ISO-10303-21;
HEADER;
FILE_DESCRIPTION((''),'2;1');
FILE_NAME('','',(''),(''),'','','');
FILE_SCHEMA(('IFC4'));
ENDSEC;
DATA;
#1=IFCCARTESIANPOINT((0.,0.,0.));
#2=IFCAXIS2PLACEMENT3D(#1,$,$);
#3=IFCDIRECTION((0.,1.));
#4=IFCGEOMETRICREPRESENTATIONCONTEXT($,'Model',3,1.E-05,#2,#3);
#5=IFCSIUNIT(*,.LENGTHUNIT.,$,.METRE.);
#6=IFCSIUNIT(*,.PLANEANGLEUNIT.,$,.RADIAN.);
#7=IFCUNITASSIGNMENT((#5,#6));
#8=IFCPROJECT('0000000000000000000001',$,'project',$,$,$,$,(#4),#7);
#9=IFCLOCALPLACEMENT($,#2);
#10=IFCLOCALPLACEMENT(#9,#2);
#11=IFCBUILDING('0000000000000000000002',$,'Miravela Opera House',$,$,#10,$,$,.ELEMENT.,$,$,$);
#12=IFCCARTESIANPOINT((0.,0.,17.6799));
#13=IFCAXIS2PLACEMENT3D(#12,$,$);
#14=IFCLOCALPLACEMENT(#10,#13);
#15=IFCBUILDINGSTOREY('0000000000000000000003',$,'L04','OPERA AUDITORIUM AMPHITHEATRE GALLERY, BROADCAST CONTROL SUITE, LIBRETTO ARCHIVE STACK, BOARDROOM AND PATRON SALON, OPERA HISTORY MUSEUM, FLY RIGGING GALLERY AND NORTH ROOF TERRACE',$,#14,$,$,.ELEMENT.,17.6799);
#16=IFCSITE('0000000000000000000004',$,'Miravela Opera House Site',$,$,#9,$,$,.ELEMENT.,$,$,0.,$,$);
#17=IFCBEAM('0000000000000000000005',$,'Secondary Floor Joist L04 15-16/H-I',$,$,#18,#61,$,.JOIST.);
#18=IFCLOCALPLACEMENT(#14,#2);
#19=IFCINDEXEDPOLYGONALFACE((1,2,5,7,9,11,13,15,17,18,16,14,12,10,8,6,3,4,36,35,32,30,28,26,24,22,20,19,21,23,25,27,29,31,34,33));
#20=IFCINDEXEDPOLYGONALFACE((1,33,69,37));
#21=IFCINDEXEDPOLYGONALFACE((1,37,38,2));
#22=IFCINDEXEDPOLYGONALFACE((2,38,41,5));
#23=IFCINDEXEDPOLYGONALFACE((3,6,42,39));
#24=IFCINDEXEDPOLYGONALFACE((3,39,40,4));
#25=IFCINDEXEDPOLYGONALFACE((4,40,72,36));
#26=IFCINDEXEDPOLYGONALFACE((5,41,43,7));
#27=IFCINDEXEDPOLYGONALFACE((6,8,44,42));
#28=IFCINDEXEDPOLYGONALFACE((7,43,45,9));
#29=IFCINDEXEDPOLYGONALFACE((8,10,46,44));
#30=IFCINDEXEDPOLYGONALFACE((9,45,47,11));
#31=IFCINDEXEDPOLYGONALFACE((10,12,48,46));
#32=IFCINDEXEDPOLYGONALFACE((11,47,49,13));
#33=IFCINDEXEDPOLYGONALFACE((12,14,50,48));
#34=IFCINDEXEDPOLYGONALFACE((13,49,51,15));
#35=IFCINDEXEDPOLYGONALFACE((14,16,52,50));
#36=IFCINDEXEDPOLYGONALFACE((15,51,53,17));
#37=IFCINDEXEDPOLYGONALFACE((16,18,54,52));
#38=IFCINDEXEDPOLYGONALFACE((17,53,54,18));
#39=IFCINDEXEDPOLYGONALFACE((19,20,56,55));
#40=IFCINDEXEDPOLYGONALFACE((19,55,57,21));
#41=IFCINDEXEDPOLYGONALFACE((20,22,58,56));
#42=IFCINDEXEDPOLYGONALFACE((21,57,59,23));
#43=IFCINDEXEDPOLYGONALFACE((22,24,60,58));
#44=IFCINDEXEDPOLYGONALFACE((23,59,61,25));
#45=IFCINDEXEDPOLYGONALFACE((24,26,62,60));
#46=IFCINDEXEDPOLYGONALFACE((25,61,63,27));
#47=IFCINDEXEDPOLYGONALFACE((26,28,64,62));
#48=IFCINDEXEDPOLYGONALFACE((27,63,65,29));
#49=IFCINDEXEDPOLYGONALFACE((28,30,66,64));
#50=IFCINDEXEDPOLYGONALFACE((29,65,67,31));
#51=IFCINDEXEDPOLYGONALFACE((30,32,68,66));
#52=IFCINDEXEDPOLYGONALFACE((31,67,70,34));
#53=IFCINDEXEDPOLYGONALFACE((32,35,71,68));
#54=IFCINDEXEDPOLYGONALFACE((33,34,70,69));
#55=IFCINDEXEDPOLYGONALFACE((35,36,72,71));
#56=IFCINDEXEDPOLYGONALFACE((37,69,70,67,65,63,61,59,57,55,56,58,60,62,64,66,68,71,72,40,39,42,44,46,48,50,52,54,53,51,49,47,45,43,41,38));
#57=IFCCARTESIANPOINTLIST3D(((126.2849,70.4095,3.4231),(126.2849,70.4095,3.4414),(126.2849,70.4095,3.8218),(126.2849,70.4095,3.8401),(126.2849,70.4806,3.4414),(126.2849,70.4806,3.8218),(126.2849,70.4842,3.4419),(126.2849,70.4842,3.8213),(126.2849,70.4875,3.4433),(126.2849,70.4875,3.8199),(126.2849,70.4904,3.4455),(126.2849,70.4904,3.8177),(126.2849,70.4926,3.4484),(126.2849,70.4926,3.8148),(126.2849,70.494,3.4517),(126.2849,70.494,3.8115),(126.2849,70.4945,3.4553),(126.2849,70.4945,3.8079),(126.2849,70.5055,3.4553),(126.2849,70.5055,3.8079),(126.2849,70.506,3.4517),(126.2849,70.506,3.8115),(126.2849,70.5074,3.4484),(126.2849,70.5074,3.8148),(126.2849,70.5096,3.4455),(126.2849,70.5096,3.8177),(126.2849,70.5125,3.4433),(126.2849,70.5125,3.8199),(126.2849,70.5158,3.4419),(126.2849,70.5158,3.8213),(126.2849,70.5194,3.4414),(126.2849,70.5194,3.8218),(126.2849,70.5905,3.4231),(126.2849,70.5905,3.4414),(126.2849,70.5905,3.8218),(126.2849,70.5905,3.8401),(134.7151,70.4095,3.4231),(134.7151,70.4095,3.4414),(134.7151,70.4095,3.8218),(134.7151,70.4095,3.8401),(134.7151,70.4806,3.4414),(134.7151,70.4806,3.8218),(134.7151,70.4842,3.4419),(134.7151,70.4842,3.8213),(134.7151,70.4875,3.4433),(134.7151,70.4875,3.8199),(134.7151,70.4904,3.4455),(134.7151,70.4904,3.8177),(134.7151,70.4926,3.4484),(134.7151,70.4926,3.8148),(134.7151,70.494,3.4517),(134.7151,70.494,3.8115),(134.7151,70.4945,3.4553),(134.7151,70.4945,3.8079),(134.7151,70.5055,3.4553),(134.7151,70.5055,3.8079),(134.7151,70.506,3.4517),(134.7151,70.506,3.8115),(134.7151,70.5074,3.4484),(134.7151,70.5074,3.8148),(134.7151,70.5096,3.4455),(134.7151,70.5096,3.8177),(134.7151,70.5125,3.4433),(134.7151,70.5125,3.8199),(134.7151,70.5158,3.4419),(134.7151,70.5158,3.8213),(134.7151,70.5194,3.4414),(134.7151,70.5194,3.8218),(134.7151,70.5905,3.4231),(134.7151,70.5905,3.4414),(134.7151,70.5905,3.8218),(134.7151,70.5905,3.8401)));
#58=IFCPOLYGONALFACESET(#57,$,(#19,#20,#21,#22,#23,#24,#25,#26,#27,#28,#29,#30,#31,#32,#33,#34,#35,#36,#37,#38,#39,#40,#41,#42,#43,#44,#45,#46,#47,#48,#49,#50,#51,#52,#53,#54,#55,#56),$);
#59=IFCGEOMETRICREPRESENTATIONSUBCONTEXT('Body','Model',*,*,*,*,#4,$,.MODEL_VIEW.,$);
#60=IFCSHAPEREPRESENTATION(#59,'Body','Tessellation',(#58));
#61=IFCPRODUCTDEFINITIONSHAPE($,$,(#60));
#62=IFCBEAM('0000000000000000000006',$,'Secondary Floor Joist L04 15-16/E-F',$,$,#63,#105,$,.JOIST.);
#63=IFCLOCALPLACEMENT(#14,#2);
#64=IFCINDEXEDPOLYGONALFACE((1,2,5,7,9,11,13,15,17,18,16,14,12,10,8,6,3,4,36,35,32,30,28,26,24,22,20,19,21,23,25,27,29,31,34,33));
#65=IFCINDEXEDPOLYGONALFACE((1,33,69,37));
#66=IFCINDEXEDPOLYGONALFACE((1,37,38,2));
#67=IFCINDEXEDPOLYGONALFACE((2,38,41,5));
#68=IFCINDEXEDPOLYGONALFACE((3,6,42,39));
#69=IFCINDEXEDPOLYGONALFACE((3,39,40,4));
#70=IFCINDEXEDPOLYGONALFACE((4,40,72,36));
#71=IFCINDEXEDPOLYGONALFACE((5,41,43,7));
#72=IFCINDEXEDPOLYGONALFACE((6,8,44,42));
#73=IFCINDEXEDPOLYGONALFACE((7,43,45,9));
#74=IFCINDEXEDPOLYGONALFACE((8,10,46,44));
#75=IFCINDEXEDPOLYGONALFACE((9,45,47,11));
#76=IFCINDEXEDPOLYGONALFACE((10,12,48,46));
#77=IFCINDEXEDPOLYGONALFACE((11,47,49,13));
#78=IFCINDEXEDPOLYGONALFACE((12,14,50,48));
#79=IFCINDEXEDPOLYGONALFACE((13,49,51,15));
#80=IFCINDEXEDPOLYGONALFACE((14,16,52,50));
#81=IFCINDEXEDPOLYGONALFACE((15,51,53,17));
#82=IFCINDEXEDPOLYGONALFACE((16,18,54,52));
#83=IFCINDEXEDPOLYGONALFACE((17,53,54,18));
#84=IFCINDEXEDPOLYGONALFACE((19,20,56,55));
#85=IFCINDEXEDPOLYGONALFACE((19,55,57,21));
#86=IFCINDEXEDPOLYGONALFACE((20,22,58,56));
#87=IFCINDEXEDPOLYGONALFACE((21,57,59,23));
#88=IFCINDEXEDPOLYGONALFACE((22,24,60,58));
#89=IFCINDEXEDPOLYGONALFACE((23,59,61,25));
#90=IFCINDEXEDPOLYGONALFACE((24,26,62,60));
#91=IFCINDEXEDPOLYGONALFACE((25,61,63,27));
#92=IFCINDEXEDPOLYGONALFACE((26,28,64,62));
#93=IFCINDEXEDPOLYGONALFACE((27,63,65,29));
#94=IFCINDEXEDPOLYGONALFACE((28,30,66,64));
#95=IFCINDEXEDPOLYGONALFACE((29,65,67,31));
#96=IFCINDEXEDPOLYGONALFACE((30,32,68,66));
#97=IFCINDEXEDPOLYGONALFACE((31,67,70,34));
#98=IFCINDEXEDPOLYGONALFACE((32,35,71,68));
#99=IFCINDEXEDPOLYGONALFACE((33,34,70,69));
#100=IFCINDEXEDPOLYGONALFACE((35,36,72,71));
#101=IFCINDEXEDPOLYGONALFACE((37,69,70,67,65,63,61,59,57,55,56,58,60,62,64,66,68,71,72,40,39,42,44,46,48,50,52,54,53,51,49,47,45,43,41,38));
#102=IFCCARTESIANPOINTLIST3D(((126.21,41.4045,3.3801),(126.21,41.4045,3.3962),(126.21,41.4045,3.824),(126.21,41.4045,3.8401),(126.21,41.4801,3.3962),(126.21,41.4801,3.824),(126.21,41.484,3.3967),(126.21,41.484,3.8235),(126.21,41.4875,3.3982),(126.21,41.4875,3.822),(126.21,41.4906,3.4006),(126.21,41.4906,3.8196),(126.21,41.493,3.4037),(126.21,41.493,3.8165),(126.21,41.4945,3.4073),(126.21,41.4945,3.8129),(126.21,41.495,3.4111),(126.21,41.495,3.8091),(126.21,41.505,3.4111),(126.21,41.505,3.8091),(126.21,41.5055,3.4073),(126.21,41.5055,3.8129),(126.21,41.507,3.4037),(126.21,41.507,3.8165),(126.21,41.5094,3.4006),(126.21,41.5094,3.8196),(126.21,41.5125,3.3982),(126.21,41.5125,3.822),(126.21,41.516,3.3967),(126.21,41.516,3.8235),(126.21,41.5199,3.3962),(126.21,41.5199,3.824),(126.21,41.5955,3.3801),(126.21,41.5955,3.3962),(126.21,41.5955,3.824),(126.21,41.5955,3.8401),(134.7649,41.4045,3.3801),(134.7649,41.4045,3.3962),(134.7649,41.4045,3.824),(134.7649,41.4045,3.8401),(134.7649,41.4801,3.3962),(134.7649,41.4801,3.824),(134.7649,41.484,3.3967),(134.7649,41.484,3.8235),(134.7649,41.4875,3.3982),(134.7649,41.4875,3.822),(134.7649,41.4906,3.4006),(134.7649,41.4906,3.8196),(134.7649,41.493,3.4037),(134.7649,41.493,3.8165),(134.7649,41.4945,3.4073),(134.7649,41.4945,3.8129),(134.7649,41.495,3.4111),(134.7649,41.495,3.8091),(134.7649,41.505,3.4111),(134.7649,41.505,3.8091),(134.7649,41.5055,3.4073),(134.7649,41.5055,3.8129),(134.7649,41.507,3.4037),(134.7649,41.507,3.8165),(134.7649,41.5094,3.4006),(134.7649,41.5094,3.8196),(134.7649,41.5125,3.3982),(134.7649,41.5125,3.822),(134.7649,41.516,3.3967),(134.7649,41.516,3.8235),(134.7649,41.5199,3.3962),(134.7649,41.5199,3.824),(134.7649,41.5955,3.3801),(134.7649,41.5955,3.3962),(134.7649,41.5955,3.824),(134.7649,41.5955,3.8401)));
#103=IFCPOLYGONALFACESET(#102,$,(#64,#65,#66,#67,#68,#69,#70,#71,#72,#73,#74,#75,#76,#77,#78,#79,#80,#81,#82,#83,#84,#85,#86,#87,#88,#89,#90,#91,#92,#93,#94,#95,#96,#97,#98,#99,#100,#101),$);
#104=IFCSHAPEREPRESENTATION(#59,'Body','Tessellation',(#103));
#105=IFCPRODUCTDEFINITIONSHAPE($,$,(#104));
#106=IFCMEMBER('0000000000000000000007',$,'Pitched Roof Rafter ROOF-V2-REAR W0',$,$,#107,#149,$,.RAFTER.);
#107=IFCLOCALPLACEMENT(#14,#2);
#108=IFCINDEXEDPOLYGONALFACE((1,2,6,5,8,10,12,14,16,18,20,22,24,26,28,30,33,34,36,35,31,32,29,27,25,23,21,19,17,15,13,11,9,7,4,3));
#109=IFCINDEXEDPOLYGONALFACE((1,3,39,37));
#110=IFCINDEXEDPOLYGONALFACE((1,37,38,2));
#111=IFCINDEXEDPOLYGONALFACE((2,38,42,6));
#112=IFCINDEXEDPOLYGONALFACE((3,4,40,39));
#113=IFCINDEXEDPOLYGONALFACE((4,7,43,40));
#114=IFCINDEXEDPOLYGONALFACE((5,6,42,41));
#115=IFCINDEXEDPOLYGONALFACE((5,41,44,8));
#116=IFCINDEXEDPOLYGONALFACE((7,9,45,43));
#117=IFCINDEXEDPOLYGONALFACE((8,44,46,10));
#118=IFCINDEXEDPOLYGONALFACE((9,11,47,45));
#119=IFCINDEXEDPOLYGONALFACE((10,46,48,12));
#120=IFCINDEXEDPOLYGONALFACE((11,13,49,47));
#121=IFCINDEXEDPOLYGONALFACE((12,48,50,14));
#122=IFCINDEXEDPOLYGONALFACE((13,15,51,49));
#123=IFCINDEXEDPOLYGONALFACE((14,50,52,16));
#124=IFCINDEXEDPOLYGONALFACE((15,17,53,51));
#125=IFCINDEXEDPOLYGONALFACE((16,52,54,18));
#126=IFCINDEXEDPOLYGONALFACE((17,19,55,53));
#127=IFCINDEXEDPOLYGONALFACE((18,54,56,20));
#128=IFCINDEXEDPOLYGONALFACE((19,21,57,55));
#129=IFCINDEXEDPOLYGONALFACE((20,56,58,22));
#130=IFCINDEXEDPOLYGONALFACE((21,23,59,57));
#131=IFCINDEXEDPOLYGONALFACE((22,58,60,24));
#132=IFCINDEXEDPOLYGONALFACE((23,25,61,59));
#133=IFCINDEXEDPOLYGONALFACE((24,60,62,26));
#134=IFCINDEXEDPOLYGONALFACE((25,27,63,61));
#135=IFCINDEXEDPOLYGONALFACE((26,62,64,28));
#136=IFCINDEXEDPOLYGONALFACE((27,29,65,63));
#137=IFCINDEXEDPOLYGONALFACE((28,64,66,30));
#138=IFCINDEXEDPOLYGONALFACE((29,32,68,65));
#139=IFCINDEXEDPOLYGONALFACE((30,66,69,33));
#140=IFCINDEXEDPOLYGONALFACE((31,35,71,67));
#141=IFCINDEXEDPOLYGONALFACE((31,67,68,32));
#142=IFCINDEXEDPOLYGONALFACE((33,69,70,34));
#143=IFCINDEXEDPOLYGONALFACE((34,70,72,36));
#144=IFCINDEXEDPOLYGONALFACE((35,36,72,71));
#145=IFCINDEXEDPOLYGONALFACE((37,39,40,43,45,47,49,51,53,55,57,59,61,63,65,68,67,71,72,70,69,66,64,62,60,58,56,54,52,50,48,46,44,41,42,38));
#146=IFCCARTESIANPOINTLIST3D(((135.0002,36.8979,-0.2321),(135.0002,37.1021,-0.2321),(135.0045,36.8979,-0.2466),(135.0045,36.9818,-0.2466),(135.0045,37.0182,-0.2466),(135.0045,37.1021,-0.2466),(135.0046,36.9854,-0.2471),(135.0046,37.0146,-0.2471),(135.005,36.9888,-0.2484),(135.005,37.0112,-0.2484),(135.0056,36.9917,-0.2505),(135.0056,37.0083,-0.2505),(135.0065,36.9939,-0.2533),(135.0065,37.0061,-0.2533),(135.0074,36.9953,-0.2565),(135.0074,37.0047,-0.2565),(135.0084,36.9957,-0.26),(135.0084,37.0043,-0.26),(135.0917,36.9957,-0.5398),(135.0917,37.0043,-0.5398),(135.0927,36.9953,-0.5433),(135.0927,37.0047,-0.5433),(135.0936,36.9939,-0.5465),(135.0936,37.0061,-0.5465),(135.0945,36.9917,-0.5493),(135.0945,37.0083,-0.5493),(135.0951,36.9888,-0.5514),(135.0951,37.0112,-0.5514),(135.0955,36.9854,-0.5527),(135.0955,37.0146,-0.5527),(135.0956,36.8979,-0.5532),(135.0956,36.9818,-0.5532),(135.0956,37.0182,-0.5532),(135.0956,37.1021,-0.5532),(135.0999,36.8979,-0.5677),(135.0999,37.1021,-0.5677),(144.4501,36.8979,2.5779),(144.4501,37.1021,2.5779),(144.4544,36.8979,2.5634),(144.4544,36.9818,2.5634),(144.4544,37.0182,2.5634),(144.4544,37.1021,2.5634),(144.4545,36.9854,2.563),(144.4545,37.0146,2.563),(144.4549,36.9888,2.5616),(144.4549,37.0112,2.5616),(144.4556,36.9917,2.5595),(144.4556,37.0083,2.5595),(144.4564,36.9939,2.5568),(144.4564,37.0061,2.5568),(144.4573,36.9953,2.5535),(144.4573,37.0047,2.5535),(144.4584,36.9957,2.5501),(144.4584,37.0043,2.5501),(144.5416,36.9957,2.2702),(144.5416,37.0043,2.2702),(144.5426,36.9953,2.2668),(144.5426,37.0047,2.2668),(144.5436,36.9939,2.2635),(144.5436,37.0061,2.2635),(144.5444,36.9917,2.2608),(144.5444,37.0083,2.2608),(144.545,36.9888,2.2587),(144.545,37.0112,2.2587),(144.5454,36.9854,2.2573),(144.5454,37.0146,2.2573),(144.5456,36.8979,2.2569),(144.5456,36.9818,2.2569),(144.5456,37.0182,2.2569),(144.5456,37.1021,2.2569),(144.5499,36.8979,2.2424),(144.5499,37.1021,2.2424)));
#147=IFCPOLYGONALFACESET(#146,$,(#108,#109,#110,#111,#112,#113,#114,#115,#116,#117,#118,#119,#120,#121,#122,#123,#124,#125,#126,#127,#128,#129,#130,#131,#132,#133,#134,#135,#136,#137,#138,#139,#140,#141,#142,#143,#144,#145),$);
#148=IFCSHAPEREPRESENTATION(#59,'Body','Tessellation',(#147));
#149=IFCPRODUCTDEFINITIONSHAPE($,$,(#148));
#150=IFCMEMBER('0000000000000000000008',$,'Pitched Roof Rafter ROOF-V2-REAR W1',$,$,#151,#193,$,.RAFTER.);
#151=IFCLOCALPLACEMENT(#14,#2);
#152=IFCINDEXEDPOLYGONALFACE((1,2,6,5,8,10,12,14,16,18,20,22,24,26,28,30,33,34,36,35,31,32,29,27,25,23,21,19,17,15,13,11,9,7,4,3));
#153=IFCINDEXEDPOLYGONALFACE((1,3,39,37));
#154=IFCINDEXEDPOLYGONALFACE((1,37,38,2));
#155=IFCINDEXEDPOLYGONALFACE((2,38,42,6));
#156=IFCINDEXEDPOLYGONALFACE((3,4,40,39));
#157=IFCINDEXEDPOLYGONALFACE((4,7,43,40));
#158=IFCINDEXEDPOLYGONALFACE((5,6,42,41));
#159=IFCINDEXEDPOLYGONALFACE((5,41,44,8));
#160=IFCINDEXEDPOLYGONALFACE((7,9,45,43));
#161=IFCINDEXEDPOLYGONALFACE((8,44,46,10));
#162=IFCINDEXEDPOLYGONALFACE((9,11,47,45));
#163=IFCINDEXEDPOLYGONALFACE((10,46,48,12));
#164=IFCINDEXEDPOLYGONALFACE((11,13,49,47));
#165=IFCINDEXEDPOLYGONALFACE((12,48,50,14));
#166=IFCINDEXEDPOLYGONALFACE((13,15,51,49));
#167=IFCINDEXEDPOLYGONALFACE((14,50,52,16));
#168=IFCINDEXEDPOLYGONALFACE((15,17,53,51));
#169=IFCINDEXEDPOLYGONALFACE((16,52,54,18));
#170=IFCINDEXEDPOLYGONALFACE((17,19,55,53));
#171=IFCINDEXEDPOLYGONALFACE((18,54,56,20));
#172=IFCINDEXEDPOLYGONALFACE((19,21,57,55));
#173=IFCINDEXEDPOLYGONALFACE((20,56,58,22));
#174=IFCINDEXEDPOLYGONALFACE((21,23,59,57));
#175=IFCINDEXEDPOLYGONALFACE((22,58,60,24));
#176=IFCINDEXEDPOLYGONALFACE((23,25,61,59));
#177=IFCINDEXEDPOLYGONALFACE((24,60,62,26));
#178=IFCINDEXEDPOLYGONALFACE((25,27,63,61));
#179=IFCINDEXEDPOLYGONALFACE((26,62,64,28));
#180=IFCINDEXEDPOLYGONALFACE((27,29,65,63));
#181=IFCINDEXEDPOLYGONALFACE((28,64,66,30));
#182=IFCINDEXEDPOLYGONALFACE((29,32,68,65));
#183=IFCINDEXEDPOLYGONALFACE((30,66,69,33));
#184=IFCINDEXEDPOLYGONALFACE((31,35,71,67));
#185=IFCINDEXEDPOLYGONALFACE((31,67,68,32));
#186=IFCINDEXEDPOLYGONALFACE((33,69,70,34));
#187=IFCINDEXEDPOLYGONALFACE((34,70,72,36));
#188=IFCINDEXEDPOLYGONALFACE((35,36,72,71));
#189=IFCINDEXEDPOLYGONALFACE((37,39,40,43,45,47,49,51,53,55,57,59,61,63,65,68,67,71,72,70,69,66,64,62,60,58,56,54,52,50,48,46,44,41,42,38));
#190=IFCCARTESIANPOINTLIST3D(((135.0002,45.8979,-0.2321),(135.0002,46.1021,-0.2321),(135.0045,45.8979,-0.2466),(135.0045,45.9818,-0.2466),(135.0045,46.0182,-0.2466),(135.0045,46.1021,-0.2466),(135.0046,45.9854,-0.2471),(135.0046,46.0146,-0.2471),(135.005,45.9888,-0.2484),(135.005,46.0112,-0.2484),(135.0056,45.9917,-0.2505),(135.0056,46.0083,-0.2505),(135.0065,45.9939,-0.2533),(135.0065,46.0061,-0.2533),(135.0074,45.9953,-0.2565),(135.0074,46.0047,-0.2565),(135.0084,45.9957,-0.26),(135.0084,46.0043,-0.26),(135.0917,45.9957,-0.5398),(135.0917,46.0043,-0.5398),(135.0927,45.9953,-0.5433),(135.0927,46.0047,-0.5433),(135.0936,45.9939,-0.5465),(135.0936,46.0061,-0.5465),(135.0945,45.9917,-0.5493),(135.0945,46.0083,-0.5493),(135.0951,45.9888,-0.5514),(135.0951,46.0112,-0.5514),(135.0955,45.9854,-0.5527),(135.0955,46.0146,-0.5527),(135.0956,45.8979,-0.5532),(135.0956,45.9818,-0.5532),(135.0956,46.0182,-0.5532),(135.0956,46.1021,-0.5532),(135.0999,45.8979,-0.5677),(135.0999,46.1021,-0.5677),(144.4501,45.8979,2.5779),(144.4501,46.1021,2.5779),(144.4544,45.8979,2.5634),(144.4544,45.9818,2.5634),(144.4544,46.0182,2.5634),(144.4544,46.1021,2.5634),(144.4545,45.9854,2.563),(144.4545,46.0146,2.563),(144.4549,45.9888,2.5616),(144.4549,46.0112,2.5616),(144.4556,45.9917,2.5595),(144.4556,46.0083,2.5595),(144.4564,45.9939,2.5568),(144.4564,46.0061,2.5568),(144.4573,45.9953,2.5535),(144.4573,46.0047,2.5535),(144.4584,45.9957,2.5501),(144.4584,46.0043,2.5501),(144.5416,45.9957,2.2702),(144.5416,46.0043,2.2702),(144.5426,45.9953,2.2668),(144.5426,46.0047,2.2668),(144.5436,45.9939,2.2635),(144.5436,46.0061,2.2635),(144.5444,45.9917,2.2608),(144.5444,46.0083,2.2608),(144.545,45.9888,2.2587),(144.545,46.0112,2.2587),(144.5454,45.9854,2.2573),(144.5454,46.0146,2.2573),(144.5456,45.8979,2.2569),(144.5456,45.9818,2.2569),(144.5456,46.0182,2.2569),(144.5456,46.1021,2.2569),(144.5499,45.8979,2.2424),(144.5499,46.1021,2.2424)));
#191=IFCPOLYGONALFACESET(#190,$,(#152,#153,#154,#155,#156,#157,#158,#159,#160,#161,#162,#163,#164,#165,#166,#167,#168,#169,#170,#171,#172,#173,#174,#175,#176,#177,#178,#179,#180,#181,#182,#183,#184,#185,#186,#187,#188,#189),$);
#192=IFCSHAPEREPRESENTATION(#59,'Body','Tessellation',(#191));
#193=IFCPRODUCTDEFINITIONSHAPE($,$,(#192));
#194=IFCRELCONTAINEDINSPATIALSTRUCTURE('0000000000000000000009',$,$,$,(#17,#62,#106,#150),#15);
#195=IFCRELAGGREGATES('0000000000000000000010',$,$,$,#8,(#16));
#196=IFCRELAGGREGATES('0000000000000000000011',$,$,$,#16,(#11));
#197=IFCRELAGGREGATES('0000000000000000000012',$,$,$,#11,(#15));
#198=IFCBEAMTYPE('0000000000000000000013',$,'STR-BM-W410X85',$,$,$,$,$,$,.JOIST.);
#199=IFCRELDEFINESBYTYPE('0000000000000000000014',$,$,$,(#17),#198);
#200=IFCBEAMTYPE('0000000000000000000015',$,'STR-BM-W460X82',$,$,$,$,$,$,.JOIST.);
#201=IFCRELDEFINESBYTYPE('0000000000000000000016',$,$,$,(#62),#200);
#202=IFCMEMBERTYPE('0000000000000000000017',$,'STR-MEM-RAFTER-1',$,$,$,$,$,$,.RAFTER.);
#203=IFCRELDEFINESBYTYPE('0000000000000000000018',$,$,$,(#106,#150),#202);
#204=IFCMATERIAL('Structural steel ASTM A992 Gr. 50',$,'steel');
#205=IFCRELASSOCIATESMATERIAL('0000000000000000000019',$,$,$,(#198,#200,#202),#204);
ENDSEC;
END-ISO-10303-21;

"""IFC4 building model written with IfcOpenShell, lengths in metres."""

from ifc_helpers import new_model, si_unit, direction, frame, origin, origin_2d, place, context, subcontext, project, spatial, i_section, extrude, material, material_profile, profile_set, type_object, element, save


model = new_model("IFC4")

# Units and contexts
model_context = context("Model", 3, precision=1e-05, world=origin(), true_north=direction((0.0, 1.0)))
body_context = subcontext(model_context, "Body", "Model", "MODEL_VIEW")
ifc_project = project(units=[si_unit("LENGTHUNIT", "METRE"), si_unit("PLANEANGLEUNIT", "RADIAN")], contexts=[model_context])

# Site, building, storey
site_placement = place(None, origin())
site = spatial("IfcSite", under=ifc_project, at=site_placement, Name="Miravela Opera House Site", CompositionType="ELEMENT", RefElevation=0.0)
building_placement = place(site_placement, origin())
building = spatial("IfcBuilding", under=site, at=building_placement, Name="Miravela Opera House", CompositionType="ELEMENT")
storey_placement = place(building_placement, frame((0.0, 0.0, 17.6799)))
storey = spatial("IfcBuildingStorey", under=building, at=storey_placement, Name="L04", Description="OPERA AUDITORIUM AMPHITHEATRE GALLERY, BROADCAST CONTROL SUITE, LIBRETTO ARCHIVE STACK, BOARDROOM AND PATRON SALON, OPERA HISTORY MUSEUM, FLY RIGGING GALLERY AND NORTH ROOF TERRACE", CompositionType="ELEMENT", Elevation=17.6799)

# Beams
ifc_material_1 = material(Name="Structural steel ASTM A992 Gr. 50", Category="steel")
ifc_material_profile_1 = material_profile(ifc_material_1, i_section(OverallWidth=0.1809, OverallDepth=0.417, WebThickness=0.011, FlangeThickness=0.0183, FilletRadius=0.0139, at=origin_2d()), Name="W410X85")
ifc_profile_set_1 = profile_set([ifc_material_profile_1])
beam_type_1 = type_object("IfcBeamType", Name="STR-BM-W410X85", PredefinedType="JOIST", material=ifc_profile_set_1)
beam_1_placement = place(storey_placement, frame((126.2849, 70.5, 3.6316), z_axis=(1.0, 0.0, 0.0), x_axis=(0.0, 1.0, 0.0)))
element("IfcBeam", 1, at=beam_1_placement, inside=storey, type_object=beam_type_1, Name="Secondary Floor Joist L04 15-16/H-I", PredefinedType="JOIST", context=body_context, shape_type="SweptSolid", body=[
    extrude(i_section(OverallWidth=0.1809, OverallDepth=0.417, WebThickness=0.011, FlangeThickness=0.0183, FilletRadius=0.0139, at=origin_2d()), origin(), (0.0, 0.0, 1.0), 8.4302),
])
ifc_material_profile_2 = material_profile(ifc_material_1, i_section(OverallWidth=0.1909, OverallDepth=0.46, WebThickness=0.01, FlangeThickness=0.0161, FilletRadius=0.0149, at=origin_2d()), Name="W460X82")
ifc_profile_set_2 = profile_set([ifc_material_profile_2])
beam_type_2 = type_object("IfcBeamType", Name="STR-BM-W460X82", PredefinedType="JOIST", material=ifc_profile_set_2)
beam_2_placement = place(storey_placement, frame((126.21, 41.5, 3.6101), z_axis=(1.0, 0.0, 0.0), x_axis=(0.0, 1.0, 0.0)))
element("IfcBeam", 2, at=beam_2_placement, inside=storey, type_object=beam_type_2, Name="Secondary Floor Joist L04 15-16/E-F", PredefinedType="JOIST", context=body_context, shape_type="SweptSolid", body=[
    extrude(i_section(OverallWidth=0.1909, OverallDepth=0.46, WebThickness=0.01, FlangeThickness=0.0161, FilletRadius=0.0149, at=origin_2d()), origin(), (0.0, 0.0, 1.0), 8.5549),
])

# Members
ifc_material_profile_3 = material_profile(ifc_material_1, i_section(OverallWidth=0.2041, OverallDepth=0.3501, WebThickness=0.0085, FlangeThickness=0.0151, FilletRadius=0.0139, at=origin_2d()), Name="W360X72")
ifc_profile_set_3 = profile_set([ifc_material_profile_3])
member_type = type_object("IfcMemberType", Name="STR-MEM-RAFTER-1", PredefinedType="RAFTER", material=ifc_profile_set_3)
for number, where, z_axis, x_axis, name in (
    (3, (135.05, 37.0, -0.3999), (0.958519, 0.0, 0.285027), (0.0, 1.0, 0.0), "Pitched Roof Rafter ROOF-V2-REAR W0"),
    (4, (135.05, 46.0, -0.3999), (0.958519, 0.0, 0.285027), (0.0, 1.0, 0.0), "Pitched Roof Rafter ROOF-V2-REAR W1"),
):
    element("IfcMember", number, at=place(storey_placement, frame(where, z_axis=z_axis, x_axis=x_axis)), inside=storey, type_object=member_type, Name=name, PredefinedType="RAFTER", context=body_context, shape_type="SweptSolid", body=[
        extrude(i_section(OverallWidth=0.2041, OverallDepth=0.3501, WebThickness=0.0085, FlangeThickness=0.0151, FilletRadius=0.0139, at=origin_2d()), origin(), (0.0, 0.0, 1.0), 9.8589),
    ])

save(model, "model.ifc")
